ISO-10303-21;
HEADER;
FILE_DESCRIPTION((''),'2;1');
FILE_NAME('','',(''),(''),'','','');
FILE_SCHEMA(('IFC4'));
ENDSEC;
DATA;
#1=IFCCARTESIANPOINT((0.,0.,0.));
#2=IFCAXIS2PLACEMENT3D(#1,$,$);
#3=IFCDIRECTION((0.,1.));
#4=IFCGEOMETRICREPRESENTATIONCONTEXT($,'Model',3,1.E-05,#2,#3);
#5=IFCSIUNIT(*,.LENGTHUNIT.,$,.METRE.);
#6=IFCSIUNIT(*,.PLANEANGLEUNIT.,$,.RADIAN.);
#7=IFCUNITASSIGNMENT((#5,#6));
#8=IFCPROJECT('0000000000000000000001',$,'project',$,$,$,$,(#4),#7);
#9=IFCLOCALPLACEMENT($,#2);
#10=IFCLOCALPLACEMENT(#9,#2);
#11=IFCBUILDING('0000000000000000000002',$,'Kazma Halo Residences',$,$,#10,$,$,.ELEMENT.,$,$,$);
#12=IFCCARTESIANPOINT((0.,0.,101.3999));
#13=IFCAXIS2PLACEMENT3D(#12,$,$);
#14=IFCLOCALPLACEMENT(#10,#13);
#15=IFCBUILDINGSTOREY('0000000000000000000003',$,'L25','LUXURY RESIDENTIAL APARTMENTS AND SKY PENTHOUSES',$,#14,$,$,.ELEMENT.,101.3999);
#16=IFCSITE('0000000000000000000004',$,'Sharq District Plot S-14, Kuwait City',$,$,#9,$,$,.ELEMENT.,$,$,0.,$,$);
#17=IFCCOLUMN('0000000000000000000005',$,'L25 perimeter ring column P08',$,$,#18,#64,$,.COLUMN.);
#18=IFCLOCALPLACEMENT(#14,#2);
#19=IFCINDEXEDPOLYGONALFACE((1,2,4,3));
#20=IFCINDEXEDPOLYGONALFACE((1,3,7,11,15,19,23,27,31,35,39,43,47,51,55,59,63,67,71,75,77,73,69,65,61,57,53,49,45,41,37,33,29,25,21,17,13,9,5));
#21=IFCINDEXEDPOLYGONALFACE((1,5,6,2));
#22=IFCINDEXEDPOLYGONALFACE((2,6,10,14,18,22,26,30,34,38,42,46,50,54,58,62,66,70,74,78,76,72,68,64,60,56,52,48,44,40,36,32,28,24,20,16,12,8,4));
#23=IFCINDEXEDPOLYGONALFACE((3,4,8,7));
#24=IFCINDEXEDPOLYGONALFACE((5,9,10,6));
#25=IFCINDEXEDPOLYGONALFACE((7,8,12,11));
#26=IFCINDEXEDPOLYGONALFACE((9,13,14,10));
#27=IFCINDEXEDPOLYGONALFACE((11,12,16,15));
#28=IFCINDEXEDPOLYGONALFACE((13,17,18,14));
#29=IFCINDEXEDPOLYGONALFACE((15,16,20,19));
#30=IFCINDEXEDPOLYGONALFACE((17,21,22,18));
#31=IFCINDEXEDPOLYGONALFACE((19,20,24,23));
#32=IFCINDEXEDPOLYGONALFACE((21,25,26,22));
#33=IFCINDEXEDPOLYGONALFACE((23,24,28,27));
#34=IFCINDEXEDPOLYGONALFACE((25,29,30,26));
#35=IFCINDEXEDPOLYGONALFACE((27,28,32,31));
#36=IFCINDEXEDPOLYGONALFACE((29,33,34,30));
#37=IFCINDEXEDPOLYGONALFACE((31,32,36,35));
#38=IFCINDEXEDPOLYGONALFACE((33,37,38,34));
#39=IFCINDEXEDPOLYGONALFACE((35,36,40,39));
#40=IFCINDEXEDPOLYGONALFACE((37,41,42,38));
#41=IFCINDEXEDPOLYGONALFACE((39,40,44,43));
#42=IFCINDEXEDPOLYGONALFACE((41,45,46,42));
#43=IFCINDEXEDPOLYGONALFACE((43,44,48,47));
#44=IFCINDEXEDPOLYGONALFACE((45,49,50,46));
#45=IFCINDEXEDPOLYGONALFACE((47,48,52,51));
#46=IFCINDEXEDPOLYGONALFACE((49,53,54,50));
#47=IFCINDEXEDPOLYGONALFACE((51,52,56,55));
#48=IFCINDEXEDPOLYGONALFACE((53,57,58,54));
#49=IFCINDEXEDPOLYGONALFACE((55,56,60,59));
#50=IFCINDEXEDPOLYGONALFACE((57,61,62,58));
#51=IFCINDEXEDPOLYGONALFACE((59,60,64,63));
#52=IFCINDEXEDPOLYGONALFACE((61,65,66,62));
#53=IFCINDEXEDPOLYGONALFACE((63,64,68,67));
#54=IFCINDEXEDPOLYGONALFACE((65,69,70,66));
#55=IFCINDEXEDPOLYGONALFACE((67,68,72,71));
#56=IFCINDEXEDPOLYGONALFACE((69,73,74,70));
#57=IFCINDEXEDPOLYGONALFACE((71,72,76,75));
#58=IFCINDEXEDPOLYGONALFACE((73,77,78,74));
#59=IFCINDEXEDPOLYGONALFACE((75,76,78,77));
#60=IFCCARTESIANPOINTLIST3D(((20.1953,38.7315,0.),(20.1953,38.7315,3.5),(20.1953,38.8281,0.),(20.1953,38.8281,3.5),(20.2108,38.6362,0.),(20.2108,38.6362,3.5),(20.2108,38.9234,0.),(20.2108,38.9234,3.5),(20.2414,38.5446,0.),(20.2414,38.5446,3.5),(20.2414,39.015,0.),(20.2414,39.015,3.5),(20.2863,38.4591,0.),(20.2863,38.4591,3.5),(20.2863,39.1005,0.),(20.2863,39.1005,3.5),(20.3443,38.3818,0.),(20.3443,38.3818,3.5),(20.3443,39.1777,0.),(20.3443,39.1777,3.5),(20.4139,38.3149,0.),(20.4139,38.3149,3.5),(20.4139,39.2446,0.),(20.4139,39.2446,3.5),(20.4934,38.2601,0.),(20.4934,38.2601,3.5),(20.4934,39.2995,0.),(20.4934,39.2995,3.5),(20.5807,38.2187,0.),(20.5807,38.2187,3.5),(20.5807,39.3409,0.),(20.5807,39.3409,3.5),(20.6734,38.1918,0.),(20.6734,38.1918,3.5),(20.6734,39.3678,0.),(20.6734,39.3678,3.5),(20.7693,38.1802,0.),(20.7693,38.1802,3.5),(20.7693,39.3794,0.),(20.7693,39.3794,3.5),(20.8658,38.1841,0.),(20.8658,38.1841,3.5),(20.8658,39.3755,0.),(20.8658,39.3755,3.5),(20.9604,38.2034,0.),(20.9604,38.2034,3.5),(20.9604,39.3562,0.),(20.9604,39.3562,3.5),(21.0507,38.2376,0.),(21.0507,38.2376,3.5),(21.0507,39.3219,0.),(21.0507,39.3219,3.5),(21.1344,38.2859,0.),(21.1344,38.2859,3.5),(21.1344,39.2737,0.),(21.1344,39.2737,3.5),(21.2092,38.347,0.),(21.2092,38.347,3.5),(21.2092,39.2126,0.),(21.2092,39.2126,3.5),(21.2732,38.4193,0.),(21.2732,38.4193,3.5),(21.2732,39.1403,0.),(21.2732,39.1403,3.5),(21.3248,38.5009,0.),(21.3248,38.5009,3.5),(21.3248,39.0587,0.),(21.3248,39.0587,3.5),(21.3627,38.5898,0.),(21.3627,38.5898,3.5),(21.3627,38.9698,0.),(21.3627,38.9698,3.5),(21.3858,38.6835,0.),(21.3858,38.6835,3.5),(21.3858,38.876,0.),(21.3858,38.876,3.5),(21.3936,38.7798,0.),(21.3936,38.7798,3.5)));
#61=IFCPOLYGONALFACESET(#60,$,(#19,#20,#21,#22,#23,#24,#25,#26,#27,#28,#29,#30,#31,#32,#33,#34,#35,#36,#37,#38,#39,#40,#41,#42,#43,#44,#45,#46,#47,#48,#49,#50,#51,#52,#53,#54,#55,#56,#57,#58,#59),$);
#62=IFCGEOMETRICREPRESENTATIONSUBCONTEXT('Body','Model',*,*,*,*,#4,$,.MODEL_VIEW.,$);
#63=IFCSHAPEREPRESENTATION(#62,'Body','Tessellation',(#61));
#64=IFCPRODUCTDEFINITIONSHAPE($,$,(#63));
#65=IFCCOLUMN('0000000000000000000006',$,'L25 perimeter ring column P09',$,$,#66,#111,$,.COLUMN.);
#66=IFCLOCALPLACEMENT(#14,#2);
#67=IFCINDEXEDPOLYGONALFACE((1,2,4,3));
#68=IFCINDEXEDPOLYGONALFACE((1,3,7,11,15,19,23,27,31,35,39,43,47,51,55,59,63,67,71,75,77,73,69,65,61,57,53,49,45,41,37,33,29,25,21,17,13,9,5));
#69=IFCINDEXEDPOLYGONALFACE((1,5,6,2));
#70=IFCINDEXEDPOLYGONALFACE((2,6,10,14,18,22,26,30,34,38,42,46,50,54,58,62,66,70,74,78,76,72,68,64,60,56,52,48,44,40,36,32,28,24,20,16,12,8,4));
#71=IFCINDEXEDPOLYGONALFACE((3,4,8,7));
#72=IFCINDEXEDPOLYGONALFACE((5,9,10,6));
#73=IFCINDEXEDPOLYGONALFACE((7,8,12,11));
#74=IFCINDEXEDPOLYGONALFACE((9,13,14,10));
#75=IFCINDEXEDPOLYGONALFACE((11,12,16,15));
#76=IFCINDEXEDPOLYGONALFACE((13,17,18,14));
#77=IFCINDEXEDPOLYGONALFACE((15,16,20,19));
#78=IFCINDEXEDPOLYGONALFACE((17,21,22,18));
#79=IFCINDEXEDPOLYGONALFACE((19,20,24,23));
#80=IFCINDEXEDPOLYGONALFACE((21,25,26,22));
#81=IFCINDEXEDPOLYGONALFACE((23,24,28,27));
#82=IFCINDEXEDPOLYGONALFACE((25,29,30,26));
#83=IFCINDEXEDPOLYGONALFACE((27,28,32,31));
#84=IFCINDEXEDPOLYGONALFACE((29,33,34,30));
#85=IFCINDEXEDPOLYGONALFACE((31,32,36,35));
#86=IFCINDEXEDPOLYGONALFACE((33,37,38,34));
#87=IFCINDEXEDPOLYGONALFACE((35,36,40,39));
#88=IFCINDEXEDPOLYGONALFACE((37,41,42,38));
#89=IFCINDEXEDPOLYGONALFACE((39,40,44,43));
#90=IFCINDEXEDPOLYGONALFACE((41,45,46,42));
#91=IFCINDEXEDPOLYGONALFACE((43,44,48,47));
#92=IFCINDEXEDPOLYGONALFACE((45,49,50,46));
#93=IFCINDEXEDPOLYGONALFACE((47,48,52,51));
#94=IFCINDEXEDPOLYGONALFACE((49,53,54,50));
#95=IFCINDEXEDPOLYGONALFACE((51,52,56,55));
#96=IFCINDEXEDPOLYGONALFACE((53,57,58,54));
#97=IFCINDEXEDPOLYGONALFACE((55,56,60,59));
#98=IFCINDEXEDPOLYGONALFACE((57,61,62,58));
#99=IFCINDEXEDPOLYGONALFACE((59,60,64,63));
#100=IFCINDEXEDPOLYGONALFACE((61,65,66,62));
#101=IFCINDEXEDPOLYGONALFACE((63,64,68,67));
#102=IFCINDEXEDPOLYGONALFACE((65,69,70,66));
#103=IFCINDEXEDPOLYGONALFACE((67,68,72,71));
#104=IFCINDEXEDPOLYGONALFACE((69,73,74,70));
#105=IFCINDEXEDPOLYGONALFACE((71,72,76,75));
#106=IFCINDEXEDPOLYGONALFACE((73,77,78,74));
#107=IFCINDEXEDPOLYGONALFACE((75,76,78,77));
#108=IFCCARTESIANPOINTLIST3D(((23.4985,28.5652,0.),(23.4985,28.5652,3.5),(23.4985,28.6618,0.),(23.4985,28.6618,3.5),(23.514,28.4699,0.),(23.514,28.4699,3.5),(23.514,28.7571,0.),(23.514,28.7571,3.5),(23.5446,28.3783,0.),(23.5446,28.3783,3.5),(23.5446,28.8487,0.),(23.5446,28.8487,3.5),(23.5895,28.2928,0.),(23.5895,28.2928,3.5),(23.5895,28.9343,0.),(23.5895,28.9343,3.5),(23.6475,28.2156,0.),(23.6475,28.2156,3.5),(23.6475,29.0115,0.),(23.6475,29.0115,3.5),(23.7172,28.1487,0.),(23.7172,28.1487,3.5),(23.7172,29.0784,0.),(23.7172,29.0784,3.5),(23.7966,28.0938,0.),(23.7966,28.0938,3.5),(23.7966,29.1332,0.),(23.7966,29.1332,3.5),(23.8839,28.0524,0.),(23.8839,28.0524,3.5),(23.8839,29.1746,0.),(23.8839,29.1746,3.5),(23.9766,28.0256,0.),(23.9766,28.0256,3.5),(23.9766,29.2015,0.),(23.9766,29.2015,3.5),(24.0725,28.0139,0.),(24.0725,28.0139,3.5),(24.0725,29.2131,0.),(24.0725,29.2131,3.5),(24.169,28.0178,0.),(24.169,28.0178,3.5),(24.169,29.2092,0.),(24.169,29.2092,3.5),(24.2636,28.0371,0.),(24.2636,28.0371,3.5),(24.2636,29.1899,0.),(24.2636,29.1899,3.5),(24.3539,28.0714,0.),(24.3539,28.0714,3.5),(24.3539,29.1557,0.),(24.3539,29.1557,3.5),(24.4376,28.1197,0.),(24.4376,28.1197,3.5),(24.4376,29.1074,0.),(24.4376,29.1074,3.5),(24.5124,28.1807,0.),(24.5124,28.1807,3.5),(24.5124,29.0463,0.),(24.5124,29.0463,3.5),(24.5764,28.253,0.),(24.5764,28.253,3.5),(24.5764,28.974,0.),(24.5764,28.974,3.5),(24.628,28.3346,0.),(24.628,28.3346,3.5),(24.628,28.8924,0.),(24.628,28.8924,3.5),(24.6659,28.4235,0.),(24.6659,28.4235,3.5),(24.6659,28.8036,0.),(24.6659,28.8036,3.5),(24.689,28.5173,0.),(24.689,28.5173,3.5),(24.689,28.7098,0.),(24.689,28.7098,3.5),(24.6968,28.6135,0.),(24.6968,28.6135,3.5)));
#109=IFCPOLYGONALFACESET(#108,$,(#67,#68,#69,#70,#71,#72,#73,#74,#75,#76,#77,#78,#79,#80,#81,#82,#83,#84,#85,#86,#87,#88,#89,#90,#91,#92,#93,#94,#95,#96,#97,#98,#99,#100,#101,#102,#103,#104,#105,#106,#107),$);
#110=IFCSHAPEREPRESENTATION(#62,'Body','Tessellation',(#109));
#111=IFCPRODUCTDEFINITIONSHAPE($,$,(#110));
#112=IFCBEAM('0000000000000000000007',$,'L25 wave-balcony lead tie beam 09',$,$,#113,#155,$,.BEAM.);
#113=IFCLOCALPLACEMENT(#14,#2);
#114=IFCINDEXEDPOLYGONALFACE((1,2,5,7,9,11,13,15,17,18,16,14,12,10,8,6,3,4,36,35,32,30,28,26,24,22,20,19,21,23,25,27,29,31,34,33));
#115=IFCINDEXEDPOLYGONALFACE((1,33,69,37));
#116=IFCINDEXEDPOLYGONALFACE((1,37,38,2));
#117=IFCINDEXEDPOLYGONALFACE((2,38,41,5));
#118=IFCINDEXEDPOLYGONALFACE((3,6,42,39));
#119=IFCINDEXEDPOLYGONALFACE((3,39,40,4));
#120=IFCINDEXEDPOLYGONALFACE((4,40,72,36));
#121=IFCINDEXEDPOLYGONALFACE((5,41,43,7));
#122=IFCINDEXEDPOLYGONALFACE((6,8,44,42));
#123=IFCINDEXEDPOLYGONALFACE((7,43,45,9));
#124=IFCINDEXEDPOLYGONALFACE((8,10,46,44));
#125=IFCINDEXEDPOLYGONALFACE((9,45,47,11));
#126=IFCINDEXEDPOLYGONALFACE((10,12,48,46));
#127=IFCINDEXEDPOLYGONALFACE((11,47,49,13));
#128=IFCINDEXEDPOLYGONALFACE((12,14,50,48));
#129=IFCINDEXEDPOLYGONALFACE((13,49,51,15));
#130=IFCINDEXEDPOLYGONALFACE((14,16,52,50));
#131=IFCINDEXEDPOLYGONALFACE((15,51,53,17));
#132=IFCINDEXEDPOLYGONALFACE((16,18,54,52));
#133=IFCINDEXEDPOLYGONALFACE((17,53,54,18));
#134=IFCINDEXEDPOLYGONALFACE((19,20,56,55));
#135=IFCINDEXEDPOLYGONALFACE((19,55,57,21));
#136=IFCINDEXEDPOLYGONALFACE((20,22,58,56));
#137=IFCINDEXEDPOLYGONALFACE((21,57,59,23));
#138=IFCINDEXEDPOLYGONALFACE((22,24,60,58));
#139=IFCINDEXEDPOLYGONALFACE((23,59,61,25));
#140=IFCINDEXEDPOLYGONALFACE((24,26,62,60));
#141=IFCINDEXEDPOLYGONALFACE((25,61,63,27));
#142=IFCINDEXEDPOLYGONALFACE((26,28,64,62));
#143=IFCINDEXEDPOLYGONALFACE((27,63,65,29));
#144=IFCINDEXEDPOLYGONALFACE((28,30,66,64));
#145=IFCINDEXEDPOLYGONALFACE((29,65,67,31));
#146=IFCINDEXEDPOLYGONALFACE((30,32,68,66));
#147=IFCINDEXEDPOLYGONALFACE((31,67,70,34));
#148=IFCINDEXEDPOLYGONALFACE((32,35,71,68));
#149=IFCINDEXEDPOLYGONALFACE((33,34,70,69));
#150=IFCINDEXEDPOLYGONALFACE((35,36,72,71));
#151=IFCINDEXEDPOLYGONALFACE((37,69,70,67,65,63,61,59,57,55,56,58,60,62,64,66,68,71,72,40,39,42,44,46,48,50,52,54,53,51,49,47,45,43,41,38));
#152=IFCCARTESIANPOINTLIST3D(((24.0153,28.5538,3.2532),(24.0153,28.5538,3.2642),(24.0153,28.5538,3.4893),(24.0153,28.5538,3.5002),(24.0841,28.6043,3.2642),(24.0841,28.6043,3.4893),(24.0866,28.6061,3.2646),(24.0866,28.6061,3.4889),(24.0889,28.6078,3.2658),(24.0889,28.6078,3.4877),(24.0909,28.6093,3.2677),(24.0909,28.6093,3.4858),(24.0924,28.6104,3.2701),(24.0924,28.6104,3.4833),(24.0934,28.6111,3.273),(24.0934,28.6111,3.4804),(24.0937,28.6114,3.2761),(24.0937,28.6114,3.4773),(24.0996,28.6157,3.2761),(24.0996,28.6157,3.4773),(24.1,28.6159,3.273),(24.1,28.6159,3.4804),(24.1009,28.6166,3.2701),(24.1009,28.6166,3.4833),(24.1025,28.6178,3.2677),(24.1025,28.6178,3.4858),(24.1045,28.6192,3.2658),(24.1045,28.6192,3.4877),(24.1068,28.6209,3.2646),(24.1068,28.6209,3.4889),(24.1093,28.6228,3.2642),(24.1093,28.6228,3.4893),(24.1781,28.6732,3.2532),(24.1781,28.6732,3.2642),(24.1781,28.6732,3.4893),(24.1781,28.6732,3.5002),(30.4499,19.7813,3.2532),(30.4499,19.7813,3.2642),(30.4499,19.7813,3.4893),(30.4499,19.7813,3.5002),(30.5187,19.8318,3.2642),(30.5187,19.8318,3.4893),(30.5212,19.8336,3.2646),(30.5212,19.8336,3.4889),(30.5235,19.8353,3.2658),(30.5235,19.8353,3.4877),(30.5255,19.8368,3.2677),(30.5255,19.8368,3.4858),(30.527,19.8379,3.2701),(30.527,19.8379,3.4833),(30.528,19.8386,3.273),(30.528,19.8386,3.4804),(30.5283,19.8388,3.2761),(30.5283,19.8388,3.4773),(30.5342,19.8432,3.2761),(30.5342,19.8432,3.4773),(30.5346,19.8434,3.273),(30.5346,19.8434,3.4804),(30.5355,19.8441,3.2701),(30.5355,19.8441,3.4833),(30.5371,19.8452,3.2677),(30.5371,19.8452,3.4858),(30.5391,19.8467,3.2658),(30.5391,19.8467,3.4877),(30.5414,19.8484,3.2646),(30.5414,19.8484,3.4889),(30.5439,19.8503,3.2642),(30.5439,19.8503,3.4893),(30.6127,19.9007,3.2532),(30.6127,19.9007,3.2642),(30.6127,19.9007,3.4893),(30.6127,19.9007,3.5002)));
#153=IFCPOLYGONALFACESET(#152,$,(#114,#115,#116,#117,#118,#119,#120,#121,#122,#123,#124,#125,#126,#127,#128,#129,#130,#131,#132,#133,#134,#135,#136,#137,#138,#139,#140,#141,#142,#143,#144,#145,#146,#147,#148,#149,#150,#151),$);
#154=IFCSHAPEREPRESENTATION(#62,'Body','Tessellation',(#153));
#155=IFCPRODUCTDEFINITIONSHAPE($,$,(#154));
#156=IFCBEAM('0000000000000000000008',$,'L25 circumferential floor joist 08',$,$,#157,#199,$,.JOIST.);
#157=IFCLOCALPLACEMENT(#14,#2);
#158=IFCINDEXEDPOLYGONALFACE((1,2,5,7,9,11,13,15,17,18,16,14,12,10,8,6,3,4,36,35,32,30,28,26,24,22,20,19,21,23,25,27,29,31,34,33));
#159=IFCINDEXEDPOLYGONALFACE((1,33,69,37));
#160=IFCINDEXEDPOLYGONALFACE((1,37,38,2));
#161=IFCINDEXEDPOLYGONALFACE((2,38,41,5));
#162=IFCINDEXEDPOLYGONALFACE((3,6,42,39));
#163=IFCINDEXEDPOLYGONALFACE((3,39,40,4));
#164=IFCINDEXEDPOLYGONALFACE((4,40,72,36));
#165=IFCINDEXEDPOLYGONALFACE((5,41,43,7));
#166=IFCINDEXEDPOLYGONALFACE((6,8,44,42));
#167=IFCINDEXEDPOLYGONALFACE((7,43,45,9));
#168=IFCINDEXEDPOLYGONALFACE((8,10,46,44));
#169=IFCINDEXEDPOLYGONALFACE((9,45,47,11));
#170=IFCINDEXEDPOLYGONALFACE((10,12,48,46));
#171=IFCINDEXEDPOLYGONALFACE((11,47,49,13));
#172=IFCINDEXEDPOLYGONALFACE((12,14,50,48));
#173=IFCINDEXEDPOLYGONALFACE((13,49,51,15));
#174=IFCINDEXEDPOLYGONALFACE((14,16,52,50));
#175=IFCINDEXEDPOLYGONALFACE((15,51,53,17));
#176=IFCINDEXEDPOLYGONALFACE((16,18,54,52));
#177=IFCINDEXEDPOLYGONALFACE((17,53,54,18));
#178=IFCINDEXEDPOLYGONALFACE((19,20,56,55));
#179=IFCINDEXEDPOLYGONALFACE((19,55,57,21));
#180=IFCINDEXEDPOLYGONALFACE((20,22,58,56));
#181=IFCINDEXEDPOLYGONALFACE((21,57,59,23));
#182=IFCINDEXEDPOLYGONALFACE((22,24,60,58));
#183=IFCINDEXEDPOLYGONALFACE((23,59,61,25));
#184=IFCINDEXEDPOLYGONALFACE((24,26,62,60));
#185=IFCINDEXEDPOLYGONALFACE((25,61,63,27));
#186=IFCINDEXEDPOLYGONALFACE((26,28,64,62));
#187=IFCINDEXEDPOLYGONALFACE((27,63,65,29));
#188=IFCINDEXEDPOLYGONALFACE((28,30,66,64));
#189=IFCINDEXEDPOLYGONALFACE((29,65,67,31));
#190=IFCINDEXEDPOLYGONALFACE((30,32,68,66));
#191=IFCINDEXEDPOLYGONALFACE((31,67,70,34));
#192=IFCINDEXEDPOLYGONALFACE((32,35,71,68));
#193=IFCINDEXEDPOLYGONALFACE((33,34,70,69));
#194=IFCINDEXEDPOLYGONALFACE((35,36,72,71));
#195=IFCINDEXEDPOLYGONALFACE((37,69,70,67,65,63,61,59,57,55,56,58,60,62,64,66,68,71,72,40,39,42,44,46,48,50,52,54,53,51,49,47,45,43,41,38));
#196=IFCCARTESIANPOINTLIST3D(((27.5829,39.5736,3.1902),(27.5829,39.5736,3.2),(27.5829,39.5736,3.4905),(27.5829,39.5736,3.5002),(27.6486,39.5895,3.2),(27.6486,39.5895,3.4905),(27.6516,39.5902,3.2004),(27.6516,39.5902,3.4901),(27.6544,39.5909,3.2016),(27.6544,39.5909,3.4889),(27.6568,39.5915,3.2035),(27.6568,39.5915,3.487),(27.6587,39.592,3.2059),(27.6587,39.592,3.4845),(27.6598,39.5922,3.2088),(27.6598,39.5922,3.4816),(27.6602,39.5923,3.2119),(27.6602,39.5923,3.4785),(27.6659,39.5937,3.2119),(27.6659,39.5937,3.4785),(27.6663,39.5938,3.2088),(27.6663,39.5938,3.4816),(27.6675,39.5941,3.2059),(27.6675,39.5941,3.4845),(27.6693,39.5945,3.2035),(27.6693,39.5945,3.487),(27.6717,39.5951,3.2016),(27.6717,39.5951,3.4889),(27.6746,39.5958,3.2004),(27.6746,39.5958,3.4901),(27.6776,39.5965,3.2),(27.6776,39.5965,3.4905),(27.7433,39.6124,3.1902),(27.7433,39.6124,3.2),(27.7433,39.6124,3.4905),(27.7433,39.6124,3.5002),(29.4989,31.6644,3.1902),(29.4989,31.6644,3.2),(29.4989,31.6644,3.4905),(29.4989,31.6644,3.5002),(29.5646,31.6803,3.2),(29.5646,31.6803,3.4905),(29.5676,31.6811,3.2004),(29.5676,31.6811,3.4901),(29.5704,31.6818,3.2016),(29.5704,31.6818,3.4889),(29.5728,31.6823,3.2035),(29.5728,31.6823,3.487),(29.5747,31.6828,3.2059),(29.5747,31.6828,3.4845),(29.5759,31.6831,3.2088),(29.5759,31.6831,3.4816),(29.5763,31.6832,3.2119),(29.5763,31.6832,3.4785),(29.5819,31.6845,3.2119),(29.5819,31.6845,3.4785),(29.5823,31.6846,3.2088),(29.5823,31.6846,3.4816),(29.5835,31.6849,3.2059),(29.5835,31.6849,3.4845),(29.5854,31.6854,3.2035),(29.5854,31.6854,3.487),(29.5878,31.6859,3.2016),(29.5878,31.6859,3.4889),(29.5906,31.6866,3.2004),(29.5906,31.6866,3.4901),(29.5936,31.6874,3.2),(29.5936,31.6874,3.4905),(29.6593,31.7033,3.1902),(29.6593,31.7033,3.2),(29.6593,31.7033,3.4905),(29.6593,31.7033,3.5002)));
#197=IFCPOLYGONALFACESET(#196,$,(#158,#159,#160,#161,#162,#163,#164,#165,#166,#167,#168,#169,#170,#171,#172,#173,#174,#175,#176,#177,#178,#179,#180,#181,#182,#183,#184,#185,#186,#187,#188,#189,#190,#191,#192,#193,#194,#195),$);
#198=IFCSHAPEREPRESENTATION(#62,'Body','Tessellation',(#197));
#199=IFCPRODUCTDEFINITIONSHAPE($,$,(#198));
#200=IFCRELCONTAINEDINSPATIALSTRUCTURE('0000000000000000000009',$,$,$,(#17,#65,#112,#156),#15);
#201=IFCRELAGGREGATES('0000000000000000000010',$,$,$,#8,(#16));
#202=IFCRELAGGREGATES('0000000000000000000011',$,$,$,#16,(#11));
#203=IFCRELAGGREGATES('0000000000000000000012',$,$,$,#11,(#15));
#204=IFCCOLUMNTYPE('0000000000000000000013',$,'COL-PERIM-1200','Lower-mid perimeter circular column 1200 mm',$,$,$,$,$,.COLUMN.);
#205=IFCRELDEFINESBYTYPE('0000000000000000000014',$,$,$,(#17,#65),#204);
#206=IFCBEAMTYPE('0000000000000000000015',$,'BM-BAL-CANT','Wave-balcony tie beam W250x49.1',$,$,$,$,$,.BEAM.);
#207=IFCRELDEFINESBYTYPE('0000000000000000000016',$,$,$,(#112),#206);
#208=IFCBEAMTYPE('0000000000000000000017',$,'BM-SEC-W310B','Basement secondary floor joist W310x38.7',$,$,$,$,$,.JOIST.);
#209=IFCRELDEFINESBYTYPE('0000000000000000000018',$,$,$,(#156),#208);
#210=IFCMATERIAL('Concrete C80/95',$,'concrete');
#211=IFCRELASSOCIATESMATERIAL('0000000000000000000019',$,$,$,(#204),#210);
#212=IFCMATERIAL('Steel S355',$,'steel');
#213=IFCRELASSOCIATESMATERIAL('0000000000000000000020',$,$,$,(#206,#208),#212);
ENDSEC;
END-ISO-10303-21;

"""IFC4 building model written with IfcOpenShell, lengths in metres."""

from ifc_helpers import new_model, si_unit, direction, frame, origin, origin_2d, place, context, subcontext, project, spatial, circle, i_section, extrude, material, material_profile, profile_set, type_object, element, save


model = new_model("IFC4")

# Units and contexts
model_context = context("Model", 3, precision=1e-05, world=origin(), true_north=direction((0.0, 1.0)))
body_context = subcontext(model_context, "Body", "Model", "MODEL_VIEW")
ifc_project = project(units=[si_unit("LENGTHUNIT", "METRE"), si_unit("PLANEANGLEUNIT", "RADIAN")], contexts=[model_context])

# Site, building, storey
site_placement = place(None, origin())
site = spatial("IfcSite", under=ifc_project, at=site_placement, Name="Sharq District Plot S-14, Kuwait City", CompositionType="ELEMENT", RefElevation=0.0)
building_placement = place(site_placement, origin())
building = spatial("IfcBuilding", under=site, at=building_placement, Name="Kazma Halo Residences", CompositionType="ELEMENT")
storey_placement = place(building_placement, frame((0.0, 0.0, 101.3999)))
storey = spatial("IfcBuildingStorey", under=building, at=storey_placement, Name="L25", Description="LUXURY RESIDENTIAL APARTMENTS AND SKY PENTHOUSES", CompositionType="ELEMENT", Elevation=101.3999)

# Columns
ifc_material_1 = material(Name="Concrete C80/95", Category="concrete")
ifc_material_profile_1 = material_profile(ifc_material_1, circle(Radius=0.6001, at=origin_2d()), Name="CIRC1200")
ifc_profile_set_1 = profile_set([ifc_material_profile_1], Name="Concrete C80/95")
column_type = type_object("IfcColumnType", Name="COL-PERIM-1200", Description="Lower-mid perimeter circular column 1200 mm", PredefinedType="COLUMN", material=ifc_profile_set_1)
for number, where, z_axis, x_axis, name in (
    (1, (20.7935, 38.7798, 0.0), (0.0, 0.0, 1.0), (1.0, 0.0, 0.0), "L25 perimeter ring column P08"),
    (2, (24.0967, 28.6135, 0.0), (0.0, 0.0, 1.0), (1.0, 0.0, 0.0), "L25 perimeter ring column P09"),
):
    element("IfcColumn", number, at=place(storey_placement, frame(where, z_axis=z_axis, x_axis=x_axis)), inside=storey, type_object=column_type, Name=name, PredefinedType="COLUMN", context=body_context, shape_type="SweptSolid", body=[
        extrude(circle(Radius=0.6001, at=origin_2d()), origin(), (0.0, 0.0, 1.0), 3.5),
    ])

# Beams
ifc_material_2 = material(Name="Steel S355", Category="steel")
ifc_material_profile_2 = material_profile(ifc_material_2, i_section(OverallWidth=0.2019, OverallDepth=0.2471, WebThickness=0.0073, FlangeThickness=0.011, FilletRadius=0.012, at=origin_2d()), Name="W250x49.1")
ifc_profile_set_2 = profile_set([ifc_material_profile_2], Name="Steel S355")
beam_type_1 = type_object("IfcBeamType", Name="BM-BAL-CANT", Description="Wave-balcony tie beam W250x49.1", PredefinedType="BEAM", material=ifc_profile_set_2)
beam_1_placement = place(storey_placement, frame((24.0967, 28.6135, 3.3767), z_axis=(0.591449, -0.806342, 0.0), x_axis=(0.806342, 0.591449, 0.0)))
element("IfcBeam", 3, at=beam_1_placement, inside=storey, type_object=beam_type_1, Name="L25 wave-balcony lead tie beam 09", PredefinedType="BEAM", context=body_context, shape_type="SweptSolid", body=[
    extrude(i_section(OverallWidth=0.2019, OverallDepth=0.2471, WebThickness=0.0073, FlangeThickness=0.011, FilletRadius=0.012, at=origin_2d()), origin(), (0.0, 0.0, 1.0), 10.8794),
])
ifc_material_profile_3 = material_profile(ifc_material_2, i_section(OverallWidth=0.165, OverallDepth=0.3101, WebThickness=0.0059, FlangeThickness=0.0098, FilletRadius=0.012, at=origin_2d()), Name="W310x38.7")
ifc_profile_set_3 = profile_set([ifc_material_profile_3], Name="Steel S355")
beam_type_2 = type_object("IfcBeamType", Name="BM-SEC-W310B", Description="Basement secondary floor joist W310x38.7", PredefinedType="JOIST", material=ifc_profile_set_3)
beam_2_placement = place(storey_placement, frame((27.6631, 39.593, 3.3452), z_axis=(0.235442, -0.971888, 0.0), x_axis=(0.971888, 0.235442, 0.0)))
element("IfcBeam", 4, at=beam_2_placement, inside=storey, type_object=beam_type_2, Name="L25 circumferential floor joist 08", PredefinedType="JOIST", context=body_context, shape_type="SweptSolid", body=[
    extrude(i_section(OverallWidth=0.165, OverallDepth=0.3101, WebThickness=0.0059, FlangeThickness=0.0098, FilletRadius=0.012, at=origin_2d()), origin(), (0.0, 0.0, 1.0), 8.1379),
])

save(model, "model.ifc")
